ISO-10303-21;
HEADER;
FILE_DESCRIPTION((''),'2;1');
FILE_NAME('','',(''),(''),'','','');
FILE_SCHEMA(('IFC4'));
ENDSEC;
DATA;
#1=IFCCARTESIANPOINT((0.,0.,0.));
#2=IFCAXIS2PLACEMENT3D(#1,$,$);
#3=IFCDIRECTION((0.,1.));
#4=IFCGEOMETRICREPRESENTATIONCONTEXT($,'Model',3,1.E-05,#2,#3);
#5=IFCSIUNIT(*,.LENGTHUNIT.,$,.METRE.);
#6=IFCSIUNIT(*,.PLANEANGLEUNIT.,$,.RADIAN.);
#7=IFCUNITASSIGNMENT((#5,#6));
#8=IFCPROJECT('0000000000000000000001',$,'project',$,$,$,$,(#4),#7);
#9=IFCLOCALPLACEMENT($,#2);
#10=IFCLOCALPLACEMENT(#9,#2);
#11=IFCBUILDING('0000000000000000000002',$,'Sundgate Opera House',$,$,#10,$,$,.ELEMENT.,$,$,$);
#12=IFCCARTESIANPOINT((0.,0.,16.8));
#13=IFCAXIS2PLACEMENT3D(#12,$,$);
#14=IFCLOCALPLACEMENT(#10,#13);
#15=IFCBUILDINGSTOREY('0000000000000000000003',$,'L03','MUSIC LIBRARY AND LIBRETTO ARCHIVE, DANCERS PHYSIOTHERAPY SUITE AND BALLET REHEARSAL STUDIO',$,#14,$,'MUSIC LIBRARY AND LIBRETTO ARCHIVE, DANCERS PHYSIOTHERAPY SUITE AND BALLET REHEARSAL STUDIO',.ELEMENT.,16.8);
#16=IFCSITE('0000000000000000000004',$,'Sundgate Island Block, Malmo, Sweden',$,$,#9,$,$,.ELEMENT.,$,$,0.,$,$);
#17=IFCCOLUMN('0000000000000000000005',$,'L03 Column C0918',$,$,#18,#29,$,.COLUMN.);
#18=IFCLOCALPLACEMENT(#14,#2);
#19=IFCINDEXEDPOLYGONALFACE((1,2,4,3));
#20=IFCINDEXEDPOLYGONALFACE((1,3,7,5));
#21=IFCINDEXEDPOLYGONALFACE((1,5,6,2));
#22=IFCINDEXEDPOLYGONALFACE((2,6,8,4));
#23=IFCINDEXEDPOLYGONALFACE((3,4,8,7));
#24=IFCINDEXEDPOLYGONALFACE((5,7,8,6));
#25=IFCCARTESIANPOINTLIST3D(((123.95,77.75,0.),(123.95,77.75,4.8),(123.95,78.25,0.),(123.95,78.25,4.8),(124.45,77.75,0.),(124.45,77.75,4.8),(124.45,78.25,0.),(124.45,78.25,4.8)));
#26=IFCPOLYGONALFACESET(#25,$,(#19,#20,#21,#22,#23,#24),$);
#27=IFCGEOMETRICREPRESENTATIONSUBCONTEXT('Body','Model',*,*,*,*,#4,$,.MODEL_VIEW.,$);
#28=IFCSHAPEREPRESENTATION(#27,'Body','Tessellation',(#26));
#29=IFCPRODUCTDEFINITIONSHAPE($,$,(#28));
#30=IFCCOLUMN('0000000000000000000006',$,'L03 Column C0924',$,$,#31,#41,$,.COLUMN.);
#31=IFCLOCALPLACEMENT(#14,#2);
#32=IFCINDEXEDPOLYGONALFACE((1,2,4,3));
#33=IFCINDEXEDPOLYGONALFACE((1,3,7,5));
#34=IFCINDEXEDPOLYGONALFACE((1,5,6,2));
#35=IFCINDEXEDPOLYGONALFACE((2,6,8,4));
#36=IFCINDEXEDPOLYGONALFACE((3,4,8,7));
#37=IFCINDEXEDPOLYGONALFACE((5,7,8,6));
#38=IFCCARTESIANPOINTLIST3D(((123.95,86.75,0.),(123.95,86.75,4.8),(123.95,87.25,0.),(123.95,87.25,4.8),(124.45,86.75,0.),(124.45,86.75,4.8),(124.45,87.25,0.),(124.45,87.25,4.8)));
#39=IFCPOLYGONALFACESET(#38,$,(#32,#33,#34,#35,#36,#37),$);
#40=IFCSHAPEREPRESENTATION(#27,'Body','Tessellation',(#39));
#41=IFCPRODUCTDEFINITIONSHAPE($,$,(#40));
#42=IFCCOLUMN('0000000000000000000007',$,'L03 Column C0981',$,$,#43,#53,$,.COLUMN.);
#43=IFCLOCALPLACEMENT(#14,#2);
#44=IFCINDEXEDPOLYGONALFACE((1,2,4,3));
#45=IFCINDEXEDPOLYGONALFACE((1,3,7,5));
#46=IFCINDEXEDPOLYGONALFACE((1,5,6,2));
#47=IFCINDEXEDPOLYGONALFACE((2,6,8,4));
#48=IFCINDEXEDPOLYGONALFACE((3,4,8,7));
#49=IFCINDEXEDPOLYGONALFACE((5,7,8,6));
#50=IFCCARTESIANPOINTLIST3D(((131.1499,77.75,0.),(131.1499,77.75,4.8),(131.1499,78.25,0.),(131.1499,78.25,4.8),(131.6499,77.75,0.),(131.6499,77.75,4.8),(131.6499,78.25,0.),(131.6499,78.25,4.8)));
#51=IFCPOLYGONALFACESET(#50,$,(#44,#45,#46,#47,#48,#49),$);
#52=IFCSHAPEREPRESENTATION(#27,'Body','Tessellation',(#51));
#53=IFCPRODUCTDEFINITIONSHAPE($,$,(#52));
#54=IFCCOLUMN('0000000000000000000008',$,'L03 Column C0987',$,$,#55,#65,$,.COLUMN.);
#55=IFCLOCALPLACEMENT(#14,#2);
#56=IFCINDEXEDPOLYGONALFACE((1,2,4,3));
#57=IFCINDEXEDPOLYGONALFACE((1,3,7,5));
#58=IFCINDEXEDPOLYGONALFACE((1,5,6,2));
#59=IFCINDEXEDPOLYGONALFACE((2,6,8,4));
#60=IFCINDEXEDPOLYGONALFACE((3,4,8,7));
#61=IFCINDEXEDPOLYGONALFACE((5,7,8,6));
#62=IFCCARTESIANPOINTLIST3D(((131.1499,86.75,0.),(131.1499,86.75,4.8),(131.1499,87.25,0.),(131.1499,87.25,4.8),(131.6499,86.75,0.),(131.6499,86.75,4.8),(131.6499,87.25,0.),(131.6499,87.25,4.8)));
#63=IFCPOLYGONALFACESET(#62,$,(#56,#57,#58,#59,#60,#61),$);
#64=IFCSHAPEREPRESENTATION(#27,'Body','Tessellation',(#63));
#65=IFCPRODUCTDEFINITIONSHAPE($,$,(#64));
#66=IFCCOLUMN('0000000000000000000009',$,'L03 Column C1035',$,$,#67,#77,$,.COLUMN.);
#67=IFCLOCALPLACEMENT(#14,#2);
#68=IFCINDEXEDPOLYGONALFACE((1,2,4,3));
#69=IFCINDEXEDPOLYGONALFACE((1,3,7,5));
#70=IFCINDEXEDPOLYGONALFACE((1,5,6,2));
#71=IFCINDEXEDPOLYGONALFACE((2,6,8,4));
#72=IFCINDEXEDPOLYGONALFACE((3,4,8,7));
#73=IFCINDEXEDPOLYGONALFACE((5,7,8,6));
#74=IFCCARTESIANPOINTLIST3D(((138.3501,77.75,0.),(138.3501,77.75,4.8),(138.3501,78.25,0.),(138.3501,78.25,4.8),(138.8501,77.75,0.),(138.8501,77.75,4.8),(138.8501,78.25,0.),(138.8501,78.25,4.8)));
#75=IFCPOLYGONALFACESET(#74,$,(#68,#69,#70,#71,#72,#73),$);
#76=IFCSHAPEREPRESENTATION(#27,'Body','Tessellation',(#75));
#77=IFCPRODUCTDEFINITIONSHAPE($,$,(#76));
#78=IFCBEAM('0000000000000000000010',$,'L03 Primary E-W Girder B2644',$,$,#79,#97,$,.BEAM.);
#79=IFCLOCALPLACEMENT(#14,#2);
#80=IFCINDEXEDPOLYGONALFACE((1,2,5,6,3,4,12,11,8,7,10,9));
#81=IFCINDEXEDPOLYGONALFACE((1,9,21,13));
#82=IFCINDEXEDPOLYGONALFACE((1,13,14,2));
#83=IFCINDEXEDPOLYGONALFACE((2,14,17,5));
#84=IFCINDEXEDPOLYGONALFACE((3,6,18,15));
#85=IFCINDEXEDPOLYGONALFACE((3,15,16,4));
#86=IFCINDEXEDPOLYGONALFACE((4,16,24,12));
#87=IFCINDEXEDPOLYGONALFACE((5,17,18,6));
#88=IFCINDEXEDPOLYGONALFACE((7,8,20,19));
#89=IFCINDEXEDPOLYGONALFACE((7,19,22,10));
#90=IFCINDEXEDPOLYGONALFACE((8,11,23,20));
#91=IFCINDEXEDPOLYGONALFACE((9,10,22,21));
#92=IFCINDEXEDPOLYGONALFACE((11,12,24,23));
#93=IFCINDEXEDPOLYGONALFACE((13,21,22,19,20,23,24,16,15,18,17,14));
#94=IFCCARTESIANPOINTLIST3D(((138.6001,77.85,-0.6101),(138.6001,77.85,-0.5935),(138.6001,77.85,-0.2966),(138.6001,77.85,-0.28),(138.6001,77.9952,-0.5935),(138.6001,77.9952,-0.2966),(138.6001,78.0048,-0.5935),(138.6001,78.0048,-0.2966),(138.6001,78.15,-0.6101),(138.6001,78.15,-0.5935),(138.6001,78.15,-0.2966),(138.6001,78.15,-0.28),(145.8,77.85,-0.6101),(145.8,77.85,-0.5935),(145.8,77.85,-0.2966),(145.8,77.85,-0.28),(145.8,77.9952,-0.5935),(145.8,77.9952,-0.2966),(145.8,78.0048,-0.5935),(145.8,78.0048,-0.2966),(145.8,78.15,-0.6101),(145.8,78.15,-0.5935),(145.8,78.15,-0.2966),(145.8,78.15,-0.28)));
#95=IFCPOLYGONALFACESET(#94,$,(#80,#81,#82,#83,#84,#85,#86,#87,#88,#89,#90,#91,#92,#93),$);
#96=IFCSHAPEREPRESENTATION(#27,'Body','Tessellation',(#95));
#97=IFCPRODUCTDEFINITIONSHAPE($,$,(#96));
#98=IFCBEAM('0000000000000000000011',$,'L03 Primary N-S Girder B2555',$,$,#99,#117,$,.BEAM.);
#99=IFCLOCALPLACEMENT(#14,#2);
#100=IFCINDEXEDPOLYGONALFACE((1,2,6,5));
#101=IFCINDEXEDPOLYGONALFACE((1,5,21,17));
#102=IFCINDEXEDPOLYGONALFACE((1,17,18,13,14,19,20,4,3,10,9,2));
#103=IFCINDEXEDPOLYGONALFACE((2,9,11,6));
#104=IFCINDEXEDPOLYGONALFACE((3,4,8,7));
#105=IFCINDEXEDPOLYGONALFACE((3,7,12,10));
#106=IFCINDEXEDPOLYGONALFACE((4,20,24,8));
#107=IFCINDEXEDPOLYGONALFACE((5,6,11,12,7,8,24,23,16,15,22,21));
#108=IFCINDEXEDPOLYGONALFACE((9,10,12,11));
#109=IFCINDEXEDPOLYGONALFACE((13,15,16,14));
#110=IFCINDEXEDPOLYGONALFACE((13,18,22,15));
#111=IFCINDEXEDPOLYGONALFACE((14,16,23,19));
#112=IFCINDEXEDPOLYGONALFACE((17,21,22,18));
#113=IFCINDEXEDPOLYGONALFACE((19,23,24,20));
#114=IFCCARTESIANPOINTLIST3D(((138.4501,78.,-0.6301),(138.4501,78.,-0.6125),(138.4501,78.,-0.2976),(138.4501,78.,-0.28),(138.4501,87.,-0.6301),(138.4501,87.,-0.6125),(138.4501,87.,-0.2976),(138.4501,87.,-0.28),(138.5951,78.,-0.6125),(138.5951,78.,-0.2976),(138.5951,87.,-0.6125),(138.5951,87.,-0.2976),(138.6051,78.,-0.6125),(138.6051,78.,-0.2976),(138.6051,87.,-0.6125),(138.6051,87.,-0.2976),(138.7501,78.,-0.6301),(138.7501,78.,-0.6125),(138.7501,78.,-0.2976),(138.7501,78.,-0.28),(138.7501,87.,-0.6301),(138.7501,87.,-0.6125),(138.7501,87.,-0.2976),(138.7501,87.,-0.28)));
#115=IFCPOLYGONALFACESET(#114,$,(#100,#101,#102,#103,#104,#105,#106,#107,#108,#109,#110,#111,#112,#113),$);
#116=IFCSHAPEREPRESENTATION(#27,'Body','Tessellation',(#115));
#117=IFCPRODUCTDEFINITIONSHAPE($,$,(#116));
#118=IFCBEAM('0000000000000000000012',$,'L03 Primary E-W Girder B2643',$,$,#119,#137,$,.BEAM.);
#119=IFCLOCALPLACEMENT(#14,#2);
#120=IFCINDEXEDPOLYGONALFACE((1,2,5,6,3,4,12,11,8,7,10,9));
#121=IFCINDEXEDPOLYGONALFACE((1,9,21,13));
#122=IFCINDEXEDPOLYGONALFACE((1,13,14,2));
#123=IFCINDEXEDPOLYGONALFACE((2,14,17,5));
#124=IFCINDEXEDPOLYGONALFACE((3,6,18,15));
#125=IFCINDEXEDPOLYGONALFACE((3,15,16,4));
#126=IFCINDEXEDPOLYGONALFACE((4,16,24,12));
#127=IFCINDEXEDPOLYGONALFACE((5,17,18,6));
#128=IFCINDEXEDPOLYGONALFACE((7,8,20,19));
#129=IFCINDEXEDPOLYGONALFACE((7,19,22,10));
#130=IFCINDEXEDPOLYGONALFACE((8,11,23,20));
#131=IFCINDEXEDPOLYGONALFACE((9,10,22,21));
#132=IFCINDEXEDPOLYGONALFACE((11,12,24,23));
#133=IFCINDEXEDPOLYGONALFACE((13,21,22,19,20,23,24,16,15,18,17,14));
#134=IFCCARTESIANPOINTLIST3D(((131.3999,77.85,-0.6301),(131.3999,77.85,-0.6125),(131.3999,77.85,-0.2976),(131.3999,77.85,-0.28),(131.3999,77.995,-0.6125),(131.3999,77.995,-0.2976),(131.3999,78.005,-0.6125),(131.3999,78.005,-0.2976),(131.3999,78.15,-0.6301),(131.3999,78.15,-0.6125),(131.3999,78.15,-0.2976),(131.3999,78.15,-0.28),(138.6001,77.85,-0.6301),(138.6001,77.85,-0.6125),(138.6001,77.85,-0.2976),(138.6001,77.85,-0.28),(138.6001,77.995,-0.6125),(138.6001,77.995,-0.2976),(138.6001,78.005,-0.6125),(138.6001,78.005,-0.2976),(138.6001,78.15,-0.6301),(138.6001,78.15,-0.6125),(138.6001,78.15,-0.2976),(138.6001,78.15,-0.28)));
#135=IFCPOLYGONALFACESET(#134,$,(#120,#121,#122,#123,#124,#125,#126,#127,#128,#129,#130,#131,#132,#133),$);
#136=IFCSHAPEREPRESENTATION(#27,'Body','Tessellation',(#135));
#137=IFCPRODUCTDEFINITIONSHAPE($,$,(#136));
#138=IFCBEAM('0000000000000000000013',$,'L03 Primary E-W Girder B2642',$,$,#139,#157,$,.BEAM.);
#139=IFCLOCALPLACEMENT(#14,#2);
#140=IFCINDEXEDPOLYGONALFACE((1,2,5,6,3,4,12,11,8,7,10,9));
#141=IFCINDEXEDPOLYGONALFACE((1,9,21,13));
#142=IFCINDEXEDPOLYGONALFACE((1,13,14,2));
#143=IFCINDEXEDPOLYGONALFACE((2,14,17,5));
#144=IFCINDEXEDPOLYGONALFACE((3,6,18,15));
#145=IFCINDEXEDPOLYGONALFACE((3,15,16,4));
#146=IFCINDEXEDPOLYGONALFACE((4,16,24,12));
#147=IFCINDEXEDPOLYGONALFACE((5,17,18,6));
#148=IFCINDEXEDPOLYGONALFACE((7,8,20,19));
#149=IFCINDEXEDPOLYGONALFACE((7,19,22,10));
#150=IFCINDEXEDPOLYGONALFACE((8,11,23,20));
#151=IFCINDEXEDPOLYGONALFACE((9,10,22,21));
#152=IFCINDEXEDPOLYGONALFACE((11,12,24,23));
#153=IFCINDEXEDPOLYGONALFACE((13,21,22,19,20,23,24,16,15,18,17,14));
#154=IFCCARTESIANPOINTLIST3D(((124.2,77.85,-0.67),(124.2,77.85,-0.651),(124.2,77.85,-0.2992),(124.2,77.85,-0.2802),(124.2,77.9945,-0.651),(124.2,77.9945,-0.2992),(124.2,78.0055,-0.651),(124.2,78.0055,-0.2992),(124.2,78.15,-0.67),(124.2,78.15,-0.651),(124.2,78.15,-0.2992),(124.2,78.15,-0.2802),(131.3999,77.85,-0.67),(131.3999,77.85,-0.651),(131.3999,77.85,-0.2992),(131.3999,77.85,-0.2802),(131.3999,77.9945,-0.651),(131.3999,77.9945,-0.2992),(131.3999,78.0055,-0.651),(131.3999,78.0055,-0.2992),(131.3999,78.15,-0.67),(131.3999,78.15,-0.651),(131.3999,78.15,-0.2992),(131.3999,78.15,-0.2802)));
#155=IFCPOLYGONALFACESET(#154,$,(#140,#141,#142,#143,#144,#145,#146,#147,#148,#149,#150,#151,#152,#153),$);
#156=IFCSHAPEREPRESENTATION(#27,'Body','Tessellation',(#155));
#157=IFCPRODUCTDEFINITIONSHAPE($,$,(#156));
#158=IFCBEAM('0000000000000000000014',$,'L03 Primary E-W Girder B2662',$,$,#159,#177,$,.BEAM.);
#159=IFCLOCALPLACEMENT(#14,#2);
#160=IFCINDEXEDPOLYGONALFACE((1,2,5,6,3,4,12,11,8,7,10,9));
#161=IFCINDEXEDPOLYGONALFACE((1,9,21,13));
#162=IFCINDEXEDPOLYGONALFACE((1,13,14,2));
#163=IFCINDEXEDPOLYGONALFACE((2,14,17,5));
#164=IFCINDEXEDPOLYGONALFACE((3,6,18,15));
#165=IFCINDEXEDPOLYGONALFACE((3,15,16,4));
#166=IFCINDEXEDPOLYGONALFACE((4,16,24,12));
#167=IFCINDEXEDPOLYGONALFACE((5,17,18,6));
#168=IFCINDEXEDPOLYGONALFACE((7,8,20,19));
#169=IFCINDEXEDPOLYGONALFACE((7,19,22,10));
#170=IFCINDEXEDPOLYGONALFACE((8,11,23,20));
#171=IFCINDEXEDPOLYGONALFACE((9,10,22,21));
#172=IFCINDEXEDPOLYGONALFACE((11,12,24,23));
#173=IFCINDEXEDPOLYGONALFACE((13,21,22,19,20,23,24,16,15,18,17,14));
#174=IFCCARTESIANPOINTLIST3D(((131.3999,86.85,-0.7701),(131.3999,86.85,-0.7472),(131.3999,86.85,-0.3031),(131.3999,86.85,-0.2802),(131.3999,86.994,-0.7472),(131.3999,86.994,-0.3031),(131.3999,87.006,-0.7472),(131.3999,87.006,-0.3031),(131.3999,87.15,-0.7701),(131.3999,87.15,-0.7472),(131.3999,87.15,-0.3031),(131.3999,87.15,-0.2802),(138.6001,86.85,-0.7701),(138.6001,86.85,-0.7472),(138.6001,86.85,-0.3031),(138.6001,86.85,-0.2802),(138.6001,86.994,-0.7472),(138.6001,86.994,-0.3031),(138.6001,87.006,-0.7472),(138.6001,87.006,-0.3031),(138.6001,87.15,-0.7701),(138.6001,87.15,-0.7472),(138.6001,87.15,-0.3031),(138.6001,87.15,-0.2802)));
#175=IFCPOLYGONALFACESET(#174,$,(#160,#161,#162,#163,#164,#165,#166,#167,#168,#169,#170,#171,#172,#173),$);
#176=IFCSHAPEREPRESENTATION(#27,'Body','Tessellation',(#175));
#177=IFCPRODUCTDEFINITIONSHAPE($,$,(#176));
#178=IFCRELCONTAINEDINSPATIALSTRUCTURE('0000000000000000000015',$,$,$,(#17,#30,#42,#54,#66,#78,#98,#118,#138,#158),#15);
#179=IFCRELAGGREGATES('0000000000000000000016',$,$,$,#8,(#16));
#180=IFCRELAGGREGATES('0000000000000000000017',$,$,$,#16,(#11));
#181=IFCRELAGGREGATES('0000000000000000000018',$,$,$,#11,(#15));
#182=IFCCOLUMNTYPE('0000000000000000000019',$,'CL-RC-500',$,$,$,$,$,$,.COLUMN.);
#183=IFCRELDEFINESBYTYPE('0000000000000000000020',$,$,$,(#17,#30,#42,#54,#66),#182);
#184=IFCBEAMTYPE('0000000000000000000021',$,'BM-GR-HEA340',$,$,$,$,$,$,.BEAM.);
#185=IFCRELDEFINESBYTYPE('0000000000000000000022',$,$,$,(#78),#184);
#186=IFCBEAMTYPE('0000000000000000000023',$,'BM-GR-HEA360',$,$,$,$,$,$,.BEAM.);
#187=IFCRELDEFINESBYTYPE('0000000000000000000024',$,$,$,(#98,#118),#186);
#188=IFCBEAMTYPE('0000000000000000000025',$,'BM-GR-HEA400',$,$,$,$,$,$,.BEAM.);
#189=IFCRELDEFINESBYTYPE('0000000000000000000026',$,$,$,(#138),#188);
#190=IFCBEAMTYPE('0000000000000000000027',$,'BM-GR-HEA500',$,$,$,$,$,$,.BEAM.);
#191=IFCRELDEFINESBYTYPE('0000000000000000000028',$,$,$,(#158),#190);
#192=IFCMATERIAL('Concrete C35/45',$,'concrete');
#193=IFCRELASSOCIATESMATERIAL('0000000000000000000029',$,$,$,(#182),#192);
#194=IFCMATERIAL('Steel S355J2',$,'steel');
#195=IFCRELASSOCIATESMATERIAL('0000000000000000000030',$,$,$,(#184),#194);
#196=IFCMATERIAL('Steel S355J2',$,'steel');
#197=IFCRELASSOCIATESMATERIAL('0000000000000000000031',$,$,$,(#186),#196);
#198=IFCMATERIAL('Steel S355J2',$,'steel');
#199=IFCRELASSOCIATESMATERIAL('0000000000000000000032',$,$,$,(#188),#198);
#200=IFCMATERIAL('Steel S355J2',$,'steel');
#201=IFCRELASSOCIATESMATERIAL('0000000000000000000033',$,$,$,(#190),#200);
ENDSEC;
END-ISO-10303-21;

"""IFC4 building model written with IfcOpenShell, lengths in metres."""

from ifc_helpers import new_model, si_unit, direction, frame, origin, origin_2d, place, context, subcontext, project, spatial, rectangle, i_section, extrude, material, material_profile, profile_set, type_object, element, save


model = new_model("IFC4")

# Units and contexts
model_context = context("Model", 3, precision=1e-05, world=origin(), true_north=direction((0.0, 1.0)))
body_context = subcontext(model_context, "Body", "Model", "MODEL_VIEW")
ifc_project = project(units=[si_unit("LENGTHUNIT", "METRE"), si_unit("PLANEANGLEUNIT", "RADIAN")], contexts=[model_context])

# Site, building, storey
site_placement = place(None, origin())
site = spatial("IfcSite", under=ifc_project, at=site_placement, Name="Sundgate Island Block, Malmo, Sweden", CompositionType="ELEMENT", RefElevation=0.0)
building_placement = place(site_placement, origin())
building = spatial("IfcBuilding", under=site, at=building_placement, Name="Sundgate Opera House", CompositionType="ELEMENT")
storey_placement = place(building_placement, frame((0.0, 0.0, 16.8)))
storey = spatial("IfcBuildingStorey", under=building, at=storey_placement, Name="L03", Description="MUSIC LIBRARY AND LIBRETTO ARCHIVE, DANCERS PHYSIOTHERAPY SUITE AND BALLET REHEARSAL STUDIO", LongName="MUSIC LIBRARY AND LIBRETTO ARCHIVE, DANCERS PHYSIOTHERAPY SUITE AND BALLET REHEARSAL STUDIO", CompositionType="ELEMENT", Elevation=16.8)

# Columns
ifc_material_1 = material(Name="Concrete C35/45", Category="concrete")
ifc_material_profile_1 = material_profile(ifc_material_1, rectangle(XDim=0.5, YDim=0.5, at=origin_2d()), Name="RC 500x500")
ifc_profile_set_1 = profile_set([ifc_material_profile_1], Name="Concrete C35/45")
column_type = type_object("IfcColumnType", Name="CL-RC-500", PredefinedType="COLUMN", material=ifc_profile_set_1)
for number, where, z_axis, x_axis, name in (
    (1, (124.2, 78.0, 0.0), (0.0, 0.0, 1.0), (1.0, 0.0, 0.0), "L03 Column C0918"),
    (2, (124.2, 87.0, 0.0), (0.0, 0.0, 1.0), (1.0, 0.0, 0.0), "L03 Column C0924"),
    (3, (131.3999, 78.0, 0.0), (0.0, 0.0, 1.0), (1.0, 0.0, 0.0), "L03 Column C0981"),
    (4, (131.3999, 87.0, 0.0), (0.0, 0.0, 1.0), (1.0, 0.0, 0.0), "L03 Column C0987"),
    (5, (138.6001, 78.0, 0.0), (0.0, 0.0, 1.0), (1.0, 0.0, 0.0), "L03 Column C1035"),
):
    element("IfcColumn", number, at=place(storey_placement, frame(where, z_axis=z_axis, x_axis=x_axis)), inside=storey, type_object=column_type, Name=name, PredefinedType="COLUMN", context=body_context, shape_type="SweptSolid", body=[
        extrude(rectangle(XDim=0.5, YDim=0.5, at=origin_2d()), origin(), (0.0, 0.0, 1.0), 4.8),
    ])

# Beams
ifc_material_2 = material(Name="Steel S355J2", Category="steel")
ifc_material_profile_2 = material_profile(ifc_material_2, i_section(OverallWidth=0.3, OverallDepth=0.3301, WebThickness=0.0095, FlangeThickness=0.0166, at=origin_2d()), Name="HEA 340")
ifc_profile_set_2 = profile_set([ifc_material_profile_2], Name="Steel S355J2")
beam_type_1 = type_object("IfcBeamType", Name="BM-GR-HEA340", PredefinedType="BEAM", material=ifc_profile_set_2)
beam_1_placement = place(storey_placement, frame((138.6001, 78.0, -0.4451), z_axis=(1.0, 0.0, 0.0), x_axis=(0.0, 1.0, 0.0)))
element("IfcBeam", 6, at=beam_1_placement, inside=storey, type_object=beam_type_1, Name="L03 Primary E-W Girder B2644", PredefinedType="BEAM", context=body_context, shape_type="SweptSolid", body=[
    extrude(i_section(OverallWidth=0.3, OverallDepth=0.3301, WebThickness=0.0095, FlangeThickness=0.0166, at=origin_2d()), origin(), (0.0, 0.0, 1.0), 7.2),
])
ifc_material_3 = material(Name="Steel S355J2", Category="steel")
ifc_material_profile_3 = material_profile(ifc_material_3, i_section(OverallWidth=0.3, OverallDepth=0.3501, WebThickness=0.01, FlangeThickness=0.0176, at=origin_2d()), Name="HEA 360")
ifc_profile_set_3 = profile_set([ifc_material_profile_3], Name="Steel S355J2")
beam_type_2 = type_object("IfcBeamType", Name="BM-GR-HEA360", PredefinedType="BEAM", material=ifc_profile_set_3)
beam_2_placement = place(storey_placement, frame((138.6001, 78.0, -0.4551), z_axis=(0.0, 1.0, 0.0), x_axis=(-1.0, 0.0, 0.0)))
element("IfcBeam", 7, at=beam_2_placement, inside=storey, type_object=beam_type_2, Name="L03 Primary N-S Girder B2555", PredefinedType="BEAM", context=body_context, shape_type="SweptSolid", body=[
    extrude(i_section(OverallWidth=0.3, OverallDepth=0.3501, WebThickness=0.01, FlangeThickness=0.0176, at=origin_2d()), origin(), (0.0, 0.0, 1.0), 9.0),
])
beam_3_placement = place(storey_placement, frame((131.3999, 78.0, -0.4551), z_axis=(1.0, 0.0, 0.0), x_axis=(0.0, 1.0, 0.0)))
element("IfcBeam", 8, at=beam_3_placement, inside=storey, type_object=beam_type_2, Name="L03 Primary E-W Girder B2643", PredefinedType="BEAM", context=body_context, shape_type="SweptSolid", body=[
    extrude(i_section(OverallWidth=0.3, OverallDepth=0.3501, WebThickness=0.01, FlangeThickness=0.0176, at=origin_2d()), origin(), (0.0, 0.0, 1.0), 7.2002),
])
ifc_material_4 = material(Name="Steel S355J2", Category="steel")
ifc_material_profile_4 = material_profile(ifc_material_4, i_section(OverallWidth=0.3, OverallDepth=0.3899, WebThickness=0.011, FlangeThickness=0.019, at=origin_2d()), Name="HEA 400")
ifc_profile_set_4 = profile_set([ifc_material_profile_4], Name="Steel S355J2")
beam_type_3 = type_object("IfcBeamType", Name="BM-GR-HEA400", PredefinedType="BEAM", material=ifc_profile_set_4)
beam_4_placement = place(storey_placement, frame((124.2, 78.0, -0.4751), z_axis=(1.0, 0.0, 0.0), x_axis=(0.0, 1.0, 0.0)))
element("IfcBeam", 9, at=beam_4_placement, inside=storey, type_object=beam_type_3, Name="L03 Primary E-W Girder B2642", PredefinedType="BEAM", context=body_context, shape_type="SweptSolid", body=[
    extrude(i_section(OverallWidth=0.3, OverallDepth=0.3899, WebThickness=0.011, FlangeThickness=0.019, at=origin_2d()), origin(), (0.0, 0.0, 1.0), 7.2),
])
ifc_material_5 = material(Name="Steel S355J2", Category="steel")
ifc_material_profile_5 = material_profile(ifc_material_5, i_section(OverallWidth=0.3, OverallDepth=0.49, WebThickness=0.012, FlangeThickness=0.0229, at=origin_2d()), Name="HEA 500")
ifc_profile_set_5 = profile_set([ifc_material_profile_5], Name="Steel S355J2")
beam_type_4 = type_object("IfcBeamType", Name="BM-GR-HEA500", PredefinedType="BEAM", material=ifc_profile_set_5)
beam_5_placement = place(storey_placement, frame((131.3999, 87.0, -0.5251), z_axis=(1.0, 0.0, 0.0), x_axis=(0.0, 1.0, 0.0)))
element("IfcBeam", 10, at=beam_5_placement, inside=storey, type_object=beam_type_4, Name="L03 Primary E-W Girder B2662", PredefinedType="BEAM", context=body_context, shape_type="SweptSolid", body=[
    extrude(i_section(OverallWidth=0.3, OverallDepth=0.49, WebThickness=0.012, FlangeThickness=0.0229, at=origin_2d()), origin(), (0.0, 0.0, 1.0), 7.2002),
])

save(model, "model.ifc")
